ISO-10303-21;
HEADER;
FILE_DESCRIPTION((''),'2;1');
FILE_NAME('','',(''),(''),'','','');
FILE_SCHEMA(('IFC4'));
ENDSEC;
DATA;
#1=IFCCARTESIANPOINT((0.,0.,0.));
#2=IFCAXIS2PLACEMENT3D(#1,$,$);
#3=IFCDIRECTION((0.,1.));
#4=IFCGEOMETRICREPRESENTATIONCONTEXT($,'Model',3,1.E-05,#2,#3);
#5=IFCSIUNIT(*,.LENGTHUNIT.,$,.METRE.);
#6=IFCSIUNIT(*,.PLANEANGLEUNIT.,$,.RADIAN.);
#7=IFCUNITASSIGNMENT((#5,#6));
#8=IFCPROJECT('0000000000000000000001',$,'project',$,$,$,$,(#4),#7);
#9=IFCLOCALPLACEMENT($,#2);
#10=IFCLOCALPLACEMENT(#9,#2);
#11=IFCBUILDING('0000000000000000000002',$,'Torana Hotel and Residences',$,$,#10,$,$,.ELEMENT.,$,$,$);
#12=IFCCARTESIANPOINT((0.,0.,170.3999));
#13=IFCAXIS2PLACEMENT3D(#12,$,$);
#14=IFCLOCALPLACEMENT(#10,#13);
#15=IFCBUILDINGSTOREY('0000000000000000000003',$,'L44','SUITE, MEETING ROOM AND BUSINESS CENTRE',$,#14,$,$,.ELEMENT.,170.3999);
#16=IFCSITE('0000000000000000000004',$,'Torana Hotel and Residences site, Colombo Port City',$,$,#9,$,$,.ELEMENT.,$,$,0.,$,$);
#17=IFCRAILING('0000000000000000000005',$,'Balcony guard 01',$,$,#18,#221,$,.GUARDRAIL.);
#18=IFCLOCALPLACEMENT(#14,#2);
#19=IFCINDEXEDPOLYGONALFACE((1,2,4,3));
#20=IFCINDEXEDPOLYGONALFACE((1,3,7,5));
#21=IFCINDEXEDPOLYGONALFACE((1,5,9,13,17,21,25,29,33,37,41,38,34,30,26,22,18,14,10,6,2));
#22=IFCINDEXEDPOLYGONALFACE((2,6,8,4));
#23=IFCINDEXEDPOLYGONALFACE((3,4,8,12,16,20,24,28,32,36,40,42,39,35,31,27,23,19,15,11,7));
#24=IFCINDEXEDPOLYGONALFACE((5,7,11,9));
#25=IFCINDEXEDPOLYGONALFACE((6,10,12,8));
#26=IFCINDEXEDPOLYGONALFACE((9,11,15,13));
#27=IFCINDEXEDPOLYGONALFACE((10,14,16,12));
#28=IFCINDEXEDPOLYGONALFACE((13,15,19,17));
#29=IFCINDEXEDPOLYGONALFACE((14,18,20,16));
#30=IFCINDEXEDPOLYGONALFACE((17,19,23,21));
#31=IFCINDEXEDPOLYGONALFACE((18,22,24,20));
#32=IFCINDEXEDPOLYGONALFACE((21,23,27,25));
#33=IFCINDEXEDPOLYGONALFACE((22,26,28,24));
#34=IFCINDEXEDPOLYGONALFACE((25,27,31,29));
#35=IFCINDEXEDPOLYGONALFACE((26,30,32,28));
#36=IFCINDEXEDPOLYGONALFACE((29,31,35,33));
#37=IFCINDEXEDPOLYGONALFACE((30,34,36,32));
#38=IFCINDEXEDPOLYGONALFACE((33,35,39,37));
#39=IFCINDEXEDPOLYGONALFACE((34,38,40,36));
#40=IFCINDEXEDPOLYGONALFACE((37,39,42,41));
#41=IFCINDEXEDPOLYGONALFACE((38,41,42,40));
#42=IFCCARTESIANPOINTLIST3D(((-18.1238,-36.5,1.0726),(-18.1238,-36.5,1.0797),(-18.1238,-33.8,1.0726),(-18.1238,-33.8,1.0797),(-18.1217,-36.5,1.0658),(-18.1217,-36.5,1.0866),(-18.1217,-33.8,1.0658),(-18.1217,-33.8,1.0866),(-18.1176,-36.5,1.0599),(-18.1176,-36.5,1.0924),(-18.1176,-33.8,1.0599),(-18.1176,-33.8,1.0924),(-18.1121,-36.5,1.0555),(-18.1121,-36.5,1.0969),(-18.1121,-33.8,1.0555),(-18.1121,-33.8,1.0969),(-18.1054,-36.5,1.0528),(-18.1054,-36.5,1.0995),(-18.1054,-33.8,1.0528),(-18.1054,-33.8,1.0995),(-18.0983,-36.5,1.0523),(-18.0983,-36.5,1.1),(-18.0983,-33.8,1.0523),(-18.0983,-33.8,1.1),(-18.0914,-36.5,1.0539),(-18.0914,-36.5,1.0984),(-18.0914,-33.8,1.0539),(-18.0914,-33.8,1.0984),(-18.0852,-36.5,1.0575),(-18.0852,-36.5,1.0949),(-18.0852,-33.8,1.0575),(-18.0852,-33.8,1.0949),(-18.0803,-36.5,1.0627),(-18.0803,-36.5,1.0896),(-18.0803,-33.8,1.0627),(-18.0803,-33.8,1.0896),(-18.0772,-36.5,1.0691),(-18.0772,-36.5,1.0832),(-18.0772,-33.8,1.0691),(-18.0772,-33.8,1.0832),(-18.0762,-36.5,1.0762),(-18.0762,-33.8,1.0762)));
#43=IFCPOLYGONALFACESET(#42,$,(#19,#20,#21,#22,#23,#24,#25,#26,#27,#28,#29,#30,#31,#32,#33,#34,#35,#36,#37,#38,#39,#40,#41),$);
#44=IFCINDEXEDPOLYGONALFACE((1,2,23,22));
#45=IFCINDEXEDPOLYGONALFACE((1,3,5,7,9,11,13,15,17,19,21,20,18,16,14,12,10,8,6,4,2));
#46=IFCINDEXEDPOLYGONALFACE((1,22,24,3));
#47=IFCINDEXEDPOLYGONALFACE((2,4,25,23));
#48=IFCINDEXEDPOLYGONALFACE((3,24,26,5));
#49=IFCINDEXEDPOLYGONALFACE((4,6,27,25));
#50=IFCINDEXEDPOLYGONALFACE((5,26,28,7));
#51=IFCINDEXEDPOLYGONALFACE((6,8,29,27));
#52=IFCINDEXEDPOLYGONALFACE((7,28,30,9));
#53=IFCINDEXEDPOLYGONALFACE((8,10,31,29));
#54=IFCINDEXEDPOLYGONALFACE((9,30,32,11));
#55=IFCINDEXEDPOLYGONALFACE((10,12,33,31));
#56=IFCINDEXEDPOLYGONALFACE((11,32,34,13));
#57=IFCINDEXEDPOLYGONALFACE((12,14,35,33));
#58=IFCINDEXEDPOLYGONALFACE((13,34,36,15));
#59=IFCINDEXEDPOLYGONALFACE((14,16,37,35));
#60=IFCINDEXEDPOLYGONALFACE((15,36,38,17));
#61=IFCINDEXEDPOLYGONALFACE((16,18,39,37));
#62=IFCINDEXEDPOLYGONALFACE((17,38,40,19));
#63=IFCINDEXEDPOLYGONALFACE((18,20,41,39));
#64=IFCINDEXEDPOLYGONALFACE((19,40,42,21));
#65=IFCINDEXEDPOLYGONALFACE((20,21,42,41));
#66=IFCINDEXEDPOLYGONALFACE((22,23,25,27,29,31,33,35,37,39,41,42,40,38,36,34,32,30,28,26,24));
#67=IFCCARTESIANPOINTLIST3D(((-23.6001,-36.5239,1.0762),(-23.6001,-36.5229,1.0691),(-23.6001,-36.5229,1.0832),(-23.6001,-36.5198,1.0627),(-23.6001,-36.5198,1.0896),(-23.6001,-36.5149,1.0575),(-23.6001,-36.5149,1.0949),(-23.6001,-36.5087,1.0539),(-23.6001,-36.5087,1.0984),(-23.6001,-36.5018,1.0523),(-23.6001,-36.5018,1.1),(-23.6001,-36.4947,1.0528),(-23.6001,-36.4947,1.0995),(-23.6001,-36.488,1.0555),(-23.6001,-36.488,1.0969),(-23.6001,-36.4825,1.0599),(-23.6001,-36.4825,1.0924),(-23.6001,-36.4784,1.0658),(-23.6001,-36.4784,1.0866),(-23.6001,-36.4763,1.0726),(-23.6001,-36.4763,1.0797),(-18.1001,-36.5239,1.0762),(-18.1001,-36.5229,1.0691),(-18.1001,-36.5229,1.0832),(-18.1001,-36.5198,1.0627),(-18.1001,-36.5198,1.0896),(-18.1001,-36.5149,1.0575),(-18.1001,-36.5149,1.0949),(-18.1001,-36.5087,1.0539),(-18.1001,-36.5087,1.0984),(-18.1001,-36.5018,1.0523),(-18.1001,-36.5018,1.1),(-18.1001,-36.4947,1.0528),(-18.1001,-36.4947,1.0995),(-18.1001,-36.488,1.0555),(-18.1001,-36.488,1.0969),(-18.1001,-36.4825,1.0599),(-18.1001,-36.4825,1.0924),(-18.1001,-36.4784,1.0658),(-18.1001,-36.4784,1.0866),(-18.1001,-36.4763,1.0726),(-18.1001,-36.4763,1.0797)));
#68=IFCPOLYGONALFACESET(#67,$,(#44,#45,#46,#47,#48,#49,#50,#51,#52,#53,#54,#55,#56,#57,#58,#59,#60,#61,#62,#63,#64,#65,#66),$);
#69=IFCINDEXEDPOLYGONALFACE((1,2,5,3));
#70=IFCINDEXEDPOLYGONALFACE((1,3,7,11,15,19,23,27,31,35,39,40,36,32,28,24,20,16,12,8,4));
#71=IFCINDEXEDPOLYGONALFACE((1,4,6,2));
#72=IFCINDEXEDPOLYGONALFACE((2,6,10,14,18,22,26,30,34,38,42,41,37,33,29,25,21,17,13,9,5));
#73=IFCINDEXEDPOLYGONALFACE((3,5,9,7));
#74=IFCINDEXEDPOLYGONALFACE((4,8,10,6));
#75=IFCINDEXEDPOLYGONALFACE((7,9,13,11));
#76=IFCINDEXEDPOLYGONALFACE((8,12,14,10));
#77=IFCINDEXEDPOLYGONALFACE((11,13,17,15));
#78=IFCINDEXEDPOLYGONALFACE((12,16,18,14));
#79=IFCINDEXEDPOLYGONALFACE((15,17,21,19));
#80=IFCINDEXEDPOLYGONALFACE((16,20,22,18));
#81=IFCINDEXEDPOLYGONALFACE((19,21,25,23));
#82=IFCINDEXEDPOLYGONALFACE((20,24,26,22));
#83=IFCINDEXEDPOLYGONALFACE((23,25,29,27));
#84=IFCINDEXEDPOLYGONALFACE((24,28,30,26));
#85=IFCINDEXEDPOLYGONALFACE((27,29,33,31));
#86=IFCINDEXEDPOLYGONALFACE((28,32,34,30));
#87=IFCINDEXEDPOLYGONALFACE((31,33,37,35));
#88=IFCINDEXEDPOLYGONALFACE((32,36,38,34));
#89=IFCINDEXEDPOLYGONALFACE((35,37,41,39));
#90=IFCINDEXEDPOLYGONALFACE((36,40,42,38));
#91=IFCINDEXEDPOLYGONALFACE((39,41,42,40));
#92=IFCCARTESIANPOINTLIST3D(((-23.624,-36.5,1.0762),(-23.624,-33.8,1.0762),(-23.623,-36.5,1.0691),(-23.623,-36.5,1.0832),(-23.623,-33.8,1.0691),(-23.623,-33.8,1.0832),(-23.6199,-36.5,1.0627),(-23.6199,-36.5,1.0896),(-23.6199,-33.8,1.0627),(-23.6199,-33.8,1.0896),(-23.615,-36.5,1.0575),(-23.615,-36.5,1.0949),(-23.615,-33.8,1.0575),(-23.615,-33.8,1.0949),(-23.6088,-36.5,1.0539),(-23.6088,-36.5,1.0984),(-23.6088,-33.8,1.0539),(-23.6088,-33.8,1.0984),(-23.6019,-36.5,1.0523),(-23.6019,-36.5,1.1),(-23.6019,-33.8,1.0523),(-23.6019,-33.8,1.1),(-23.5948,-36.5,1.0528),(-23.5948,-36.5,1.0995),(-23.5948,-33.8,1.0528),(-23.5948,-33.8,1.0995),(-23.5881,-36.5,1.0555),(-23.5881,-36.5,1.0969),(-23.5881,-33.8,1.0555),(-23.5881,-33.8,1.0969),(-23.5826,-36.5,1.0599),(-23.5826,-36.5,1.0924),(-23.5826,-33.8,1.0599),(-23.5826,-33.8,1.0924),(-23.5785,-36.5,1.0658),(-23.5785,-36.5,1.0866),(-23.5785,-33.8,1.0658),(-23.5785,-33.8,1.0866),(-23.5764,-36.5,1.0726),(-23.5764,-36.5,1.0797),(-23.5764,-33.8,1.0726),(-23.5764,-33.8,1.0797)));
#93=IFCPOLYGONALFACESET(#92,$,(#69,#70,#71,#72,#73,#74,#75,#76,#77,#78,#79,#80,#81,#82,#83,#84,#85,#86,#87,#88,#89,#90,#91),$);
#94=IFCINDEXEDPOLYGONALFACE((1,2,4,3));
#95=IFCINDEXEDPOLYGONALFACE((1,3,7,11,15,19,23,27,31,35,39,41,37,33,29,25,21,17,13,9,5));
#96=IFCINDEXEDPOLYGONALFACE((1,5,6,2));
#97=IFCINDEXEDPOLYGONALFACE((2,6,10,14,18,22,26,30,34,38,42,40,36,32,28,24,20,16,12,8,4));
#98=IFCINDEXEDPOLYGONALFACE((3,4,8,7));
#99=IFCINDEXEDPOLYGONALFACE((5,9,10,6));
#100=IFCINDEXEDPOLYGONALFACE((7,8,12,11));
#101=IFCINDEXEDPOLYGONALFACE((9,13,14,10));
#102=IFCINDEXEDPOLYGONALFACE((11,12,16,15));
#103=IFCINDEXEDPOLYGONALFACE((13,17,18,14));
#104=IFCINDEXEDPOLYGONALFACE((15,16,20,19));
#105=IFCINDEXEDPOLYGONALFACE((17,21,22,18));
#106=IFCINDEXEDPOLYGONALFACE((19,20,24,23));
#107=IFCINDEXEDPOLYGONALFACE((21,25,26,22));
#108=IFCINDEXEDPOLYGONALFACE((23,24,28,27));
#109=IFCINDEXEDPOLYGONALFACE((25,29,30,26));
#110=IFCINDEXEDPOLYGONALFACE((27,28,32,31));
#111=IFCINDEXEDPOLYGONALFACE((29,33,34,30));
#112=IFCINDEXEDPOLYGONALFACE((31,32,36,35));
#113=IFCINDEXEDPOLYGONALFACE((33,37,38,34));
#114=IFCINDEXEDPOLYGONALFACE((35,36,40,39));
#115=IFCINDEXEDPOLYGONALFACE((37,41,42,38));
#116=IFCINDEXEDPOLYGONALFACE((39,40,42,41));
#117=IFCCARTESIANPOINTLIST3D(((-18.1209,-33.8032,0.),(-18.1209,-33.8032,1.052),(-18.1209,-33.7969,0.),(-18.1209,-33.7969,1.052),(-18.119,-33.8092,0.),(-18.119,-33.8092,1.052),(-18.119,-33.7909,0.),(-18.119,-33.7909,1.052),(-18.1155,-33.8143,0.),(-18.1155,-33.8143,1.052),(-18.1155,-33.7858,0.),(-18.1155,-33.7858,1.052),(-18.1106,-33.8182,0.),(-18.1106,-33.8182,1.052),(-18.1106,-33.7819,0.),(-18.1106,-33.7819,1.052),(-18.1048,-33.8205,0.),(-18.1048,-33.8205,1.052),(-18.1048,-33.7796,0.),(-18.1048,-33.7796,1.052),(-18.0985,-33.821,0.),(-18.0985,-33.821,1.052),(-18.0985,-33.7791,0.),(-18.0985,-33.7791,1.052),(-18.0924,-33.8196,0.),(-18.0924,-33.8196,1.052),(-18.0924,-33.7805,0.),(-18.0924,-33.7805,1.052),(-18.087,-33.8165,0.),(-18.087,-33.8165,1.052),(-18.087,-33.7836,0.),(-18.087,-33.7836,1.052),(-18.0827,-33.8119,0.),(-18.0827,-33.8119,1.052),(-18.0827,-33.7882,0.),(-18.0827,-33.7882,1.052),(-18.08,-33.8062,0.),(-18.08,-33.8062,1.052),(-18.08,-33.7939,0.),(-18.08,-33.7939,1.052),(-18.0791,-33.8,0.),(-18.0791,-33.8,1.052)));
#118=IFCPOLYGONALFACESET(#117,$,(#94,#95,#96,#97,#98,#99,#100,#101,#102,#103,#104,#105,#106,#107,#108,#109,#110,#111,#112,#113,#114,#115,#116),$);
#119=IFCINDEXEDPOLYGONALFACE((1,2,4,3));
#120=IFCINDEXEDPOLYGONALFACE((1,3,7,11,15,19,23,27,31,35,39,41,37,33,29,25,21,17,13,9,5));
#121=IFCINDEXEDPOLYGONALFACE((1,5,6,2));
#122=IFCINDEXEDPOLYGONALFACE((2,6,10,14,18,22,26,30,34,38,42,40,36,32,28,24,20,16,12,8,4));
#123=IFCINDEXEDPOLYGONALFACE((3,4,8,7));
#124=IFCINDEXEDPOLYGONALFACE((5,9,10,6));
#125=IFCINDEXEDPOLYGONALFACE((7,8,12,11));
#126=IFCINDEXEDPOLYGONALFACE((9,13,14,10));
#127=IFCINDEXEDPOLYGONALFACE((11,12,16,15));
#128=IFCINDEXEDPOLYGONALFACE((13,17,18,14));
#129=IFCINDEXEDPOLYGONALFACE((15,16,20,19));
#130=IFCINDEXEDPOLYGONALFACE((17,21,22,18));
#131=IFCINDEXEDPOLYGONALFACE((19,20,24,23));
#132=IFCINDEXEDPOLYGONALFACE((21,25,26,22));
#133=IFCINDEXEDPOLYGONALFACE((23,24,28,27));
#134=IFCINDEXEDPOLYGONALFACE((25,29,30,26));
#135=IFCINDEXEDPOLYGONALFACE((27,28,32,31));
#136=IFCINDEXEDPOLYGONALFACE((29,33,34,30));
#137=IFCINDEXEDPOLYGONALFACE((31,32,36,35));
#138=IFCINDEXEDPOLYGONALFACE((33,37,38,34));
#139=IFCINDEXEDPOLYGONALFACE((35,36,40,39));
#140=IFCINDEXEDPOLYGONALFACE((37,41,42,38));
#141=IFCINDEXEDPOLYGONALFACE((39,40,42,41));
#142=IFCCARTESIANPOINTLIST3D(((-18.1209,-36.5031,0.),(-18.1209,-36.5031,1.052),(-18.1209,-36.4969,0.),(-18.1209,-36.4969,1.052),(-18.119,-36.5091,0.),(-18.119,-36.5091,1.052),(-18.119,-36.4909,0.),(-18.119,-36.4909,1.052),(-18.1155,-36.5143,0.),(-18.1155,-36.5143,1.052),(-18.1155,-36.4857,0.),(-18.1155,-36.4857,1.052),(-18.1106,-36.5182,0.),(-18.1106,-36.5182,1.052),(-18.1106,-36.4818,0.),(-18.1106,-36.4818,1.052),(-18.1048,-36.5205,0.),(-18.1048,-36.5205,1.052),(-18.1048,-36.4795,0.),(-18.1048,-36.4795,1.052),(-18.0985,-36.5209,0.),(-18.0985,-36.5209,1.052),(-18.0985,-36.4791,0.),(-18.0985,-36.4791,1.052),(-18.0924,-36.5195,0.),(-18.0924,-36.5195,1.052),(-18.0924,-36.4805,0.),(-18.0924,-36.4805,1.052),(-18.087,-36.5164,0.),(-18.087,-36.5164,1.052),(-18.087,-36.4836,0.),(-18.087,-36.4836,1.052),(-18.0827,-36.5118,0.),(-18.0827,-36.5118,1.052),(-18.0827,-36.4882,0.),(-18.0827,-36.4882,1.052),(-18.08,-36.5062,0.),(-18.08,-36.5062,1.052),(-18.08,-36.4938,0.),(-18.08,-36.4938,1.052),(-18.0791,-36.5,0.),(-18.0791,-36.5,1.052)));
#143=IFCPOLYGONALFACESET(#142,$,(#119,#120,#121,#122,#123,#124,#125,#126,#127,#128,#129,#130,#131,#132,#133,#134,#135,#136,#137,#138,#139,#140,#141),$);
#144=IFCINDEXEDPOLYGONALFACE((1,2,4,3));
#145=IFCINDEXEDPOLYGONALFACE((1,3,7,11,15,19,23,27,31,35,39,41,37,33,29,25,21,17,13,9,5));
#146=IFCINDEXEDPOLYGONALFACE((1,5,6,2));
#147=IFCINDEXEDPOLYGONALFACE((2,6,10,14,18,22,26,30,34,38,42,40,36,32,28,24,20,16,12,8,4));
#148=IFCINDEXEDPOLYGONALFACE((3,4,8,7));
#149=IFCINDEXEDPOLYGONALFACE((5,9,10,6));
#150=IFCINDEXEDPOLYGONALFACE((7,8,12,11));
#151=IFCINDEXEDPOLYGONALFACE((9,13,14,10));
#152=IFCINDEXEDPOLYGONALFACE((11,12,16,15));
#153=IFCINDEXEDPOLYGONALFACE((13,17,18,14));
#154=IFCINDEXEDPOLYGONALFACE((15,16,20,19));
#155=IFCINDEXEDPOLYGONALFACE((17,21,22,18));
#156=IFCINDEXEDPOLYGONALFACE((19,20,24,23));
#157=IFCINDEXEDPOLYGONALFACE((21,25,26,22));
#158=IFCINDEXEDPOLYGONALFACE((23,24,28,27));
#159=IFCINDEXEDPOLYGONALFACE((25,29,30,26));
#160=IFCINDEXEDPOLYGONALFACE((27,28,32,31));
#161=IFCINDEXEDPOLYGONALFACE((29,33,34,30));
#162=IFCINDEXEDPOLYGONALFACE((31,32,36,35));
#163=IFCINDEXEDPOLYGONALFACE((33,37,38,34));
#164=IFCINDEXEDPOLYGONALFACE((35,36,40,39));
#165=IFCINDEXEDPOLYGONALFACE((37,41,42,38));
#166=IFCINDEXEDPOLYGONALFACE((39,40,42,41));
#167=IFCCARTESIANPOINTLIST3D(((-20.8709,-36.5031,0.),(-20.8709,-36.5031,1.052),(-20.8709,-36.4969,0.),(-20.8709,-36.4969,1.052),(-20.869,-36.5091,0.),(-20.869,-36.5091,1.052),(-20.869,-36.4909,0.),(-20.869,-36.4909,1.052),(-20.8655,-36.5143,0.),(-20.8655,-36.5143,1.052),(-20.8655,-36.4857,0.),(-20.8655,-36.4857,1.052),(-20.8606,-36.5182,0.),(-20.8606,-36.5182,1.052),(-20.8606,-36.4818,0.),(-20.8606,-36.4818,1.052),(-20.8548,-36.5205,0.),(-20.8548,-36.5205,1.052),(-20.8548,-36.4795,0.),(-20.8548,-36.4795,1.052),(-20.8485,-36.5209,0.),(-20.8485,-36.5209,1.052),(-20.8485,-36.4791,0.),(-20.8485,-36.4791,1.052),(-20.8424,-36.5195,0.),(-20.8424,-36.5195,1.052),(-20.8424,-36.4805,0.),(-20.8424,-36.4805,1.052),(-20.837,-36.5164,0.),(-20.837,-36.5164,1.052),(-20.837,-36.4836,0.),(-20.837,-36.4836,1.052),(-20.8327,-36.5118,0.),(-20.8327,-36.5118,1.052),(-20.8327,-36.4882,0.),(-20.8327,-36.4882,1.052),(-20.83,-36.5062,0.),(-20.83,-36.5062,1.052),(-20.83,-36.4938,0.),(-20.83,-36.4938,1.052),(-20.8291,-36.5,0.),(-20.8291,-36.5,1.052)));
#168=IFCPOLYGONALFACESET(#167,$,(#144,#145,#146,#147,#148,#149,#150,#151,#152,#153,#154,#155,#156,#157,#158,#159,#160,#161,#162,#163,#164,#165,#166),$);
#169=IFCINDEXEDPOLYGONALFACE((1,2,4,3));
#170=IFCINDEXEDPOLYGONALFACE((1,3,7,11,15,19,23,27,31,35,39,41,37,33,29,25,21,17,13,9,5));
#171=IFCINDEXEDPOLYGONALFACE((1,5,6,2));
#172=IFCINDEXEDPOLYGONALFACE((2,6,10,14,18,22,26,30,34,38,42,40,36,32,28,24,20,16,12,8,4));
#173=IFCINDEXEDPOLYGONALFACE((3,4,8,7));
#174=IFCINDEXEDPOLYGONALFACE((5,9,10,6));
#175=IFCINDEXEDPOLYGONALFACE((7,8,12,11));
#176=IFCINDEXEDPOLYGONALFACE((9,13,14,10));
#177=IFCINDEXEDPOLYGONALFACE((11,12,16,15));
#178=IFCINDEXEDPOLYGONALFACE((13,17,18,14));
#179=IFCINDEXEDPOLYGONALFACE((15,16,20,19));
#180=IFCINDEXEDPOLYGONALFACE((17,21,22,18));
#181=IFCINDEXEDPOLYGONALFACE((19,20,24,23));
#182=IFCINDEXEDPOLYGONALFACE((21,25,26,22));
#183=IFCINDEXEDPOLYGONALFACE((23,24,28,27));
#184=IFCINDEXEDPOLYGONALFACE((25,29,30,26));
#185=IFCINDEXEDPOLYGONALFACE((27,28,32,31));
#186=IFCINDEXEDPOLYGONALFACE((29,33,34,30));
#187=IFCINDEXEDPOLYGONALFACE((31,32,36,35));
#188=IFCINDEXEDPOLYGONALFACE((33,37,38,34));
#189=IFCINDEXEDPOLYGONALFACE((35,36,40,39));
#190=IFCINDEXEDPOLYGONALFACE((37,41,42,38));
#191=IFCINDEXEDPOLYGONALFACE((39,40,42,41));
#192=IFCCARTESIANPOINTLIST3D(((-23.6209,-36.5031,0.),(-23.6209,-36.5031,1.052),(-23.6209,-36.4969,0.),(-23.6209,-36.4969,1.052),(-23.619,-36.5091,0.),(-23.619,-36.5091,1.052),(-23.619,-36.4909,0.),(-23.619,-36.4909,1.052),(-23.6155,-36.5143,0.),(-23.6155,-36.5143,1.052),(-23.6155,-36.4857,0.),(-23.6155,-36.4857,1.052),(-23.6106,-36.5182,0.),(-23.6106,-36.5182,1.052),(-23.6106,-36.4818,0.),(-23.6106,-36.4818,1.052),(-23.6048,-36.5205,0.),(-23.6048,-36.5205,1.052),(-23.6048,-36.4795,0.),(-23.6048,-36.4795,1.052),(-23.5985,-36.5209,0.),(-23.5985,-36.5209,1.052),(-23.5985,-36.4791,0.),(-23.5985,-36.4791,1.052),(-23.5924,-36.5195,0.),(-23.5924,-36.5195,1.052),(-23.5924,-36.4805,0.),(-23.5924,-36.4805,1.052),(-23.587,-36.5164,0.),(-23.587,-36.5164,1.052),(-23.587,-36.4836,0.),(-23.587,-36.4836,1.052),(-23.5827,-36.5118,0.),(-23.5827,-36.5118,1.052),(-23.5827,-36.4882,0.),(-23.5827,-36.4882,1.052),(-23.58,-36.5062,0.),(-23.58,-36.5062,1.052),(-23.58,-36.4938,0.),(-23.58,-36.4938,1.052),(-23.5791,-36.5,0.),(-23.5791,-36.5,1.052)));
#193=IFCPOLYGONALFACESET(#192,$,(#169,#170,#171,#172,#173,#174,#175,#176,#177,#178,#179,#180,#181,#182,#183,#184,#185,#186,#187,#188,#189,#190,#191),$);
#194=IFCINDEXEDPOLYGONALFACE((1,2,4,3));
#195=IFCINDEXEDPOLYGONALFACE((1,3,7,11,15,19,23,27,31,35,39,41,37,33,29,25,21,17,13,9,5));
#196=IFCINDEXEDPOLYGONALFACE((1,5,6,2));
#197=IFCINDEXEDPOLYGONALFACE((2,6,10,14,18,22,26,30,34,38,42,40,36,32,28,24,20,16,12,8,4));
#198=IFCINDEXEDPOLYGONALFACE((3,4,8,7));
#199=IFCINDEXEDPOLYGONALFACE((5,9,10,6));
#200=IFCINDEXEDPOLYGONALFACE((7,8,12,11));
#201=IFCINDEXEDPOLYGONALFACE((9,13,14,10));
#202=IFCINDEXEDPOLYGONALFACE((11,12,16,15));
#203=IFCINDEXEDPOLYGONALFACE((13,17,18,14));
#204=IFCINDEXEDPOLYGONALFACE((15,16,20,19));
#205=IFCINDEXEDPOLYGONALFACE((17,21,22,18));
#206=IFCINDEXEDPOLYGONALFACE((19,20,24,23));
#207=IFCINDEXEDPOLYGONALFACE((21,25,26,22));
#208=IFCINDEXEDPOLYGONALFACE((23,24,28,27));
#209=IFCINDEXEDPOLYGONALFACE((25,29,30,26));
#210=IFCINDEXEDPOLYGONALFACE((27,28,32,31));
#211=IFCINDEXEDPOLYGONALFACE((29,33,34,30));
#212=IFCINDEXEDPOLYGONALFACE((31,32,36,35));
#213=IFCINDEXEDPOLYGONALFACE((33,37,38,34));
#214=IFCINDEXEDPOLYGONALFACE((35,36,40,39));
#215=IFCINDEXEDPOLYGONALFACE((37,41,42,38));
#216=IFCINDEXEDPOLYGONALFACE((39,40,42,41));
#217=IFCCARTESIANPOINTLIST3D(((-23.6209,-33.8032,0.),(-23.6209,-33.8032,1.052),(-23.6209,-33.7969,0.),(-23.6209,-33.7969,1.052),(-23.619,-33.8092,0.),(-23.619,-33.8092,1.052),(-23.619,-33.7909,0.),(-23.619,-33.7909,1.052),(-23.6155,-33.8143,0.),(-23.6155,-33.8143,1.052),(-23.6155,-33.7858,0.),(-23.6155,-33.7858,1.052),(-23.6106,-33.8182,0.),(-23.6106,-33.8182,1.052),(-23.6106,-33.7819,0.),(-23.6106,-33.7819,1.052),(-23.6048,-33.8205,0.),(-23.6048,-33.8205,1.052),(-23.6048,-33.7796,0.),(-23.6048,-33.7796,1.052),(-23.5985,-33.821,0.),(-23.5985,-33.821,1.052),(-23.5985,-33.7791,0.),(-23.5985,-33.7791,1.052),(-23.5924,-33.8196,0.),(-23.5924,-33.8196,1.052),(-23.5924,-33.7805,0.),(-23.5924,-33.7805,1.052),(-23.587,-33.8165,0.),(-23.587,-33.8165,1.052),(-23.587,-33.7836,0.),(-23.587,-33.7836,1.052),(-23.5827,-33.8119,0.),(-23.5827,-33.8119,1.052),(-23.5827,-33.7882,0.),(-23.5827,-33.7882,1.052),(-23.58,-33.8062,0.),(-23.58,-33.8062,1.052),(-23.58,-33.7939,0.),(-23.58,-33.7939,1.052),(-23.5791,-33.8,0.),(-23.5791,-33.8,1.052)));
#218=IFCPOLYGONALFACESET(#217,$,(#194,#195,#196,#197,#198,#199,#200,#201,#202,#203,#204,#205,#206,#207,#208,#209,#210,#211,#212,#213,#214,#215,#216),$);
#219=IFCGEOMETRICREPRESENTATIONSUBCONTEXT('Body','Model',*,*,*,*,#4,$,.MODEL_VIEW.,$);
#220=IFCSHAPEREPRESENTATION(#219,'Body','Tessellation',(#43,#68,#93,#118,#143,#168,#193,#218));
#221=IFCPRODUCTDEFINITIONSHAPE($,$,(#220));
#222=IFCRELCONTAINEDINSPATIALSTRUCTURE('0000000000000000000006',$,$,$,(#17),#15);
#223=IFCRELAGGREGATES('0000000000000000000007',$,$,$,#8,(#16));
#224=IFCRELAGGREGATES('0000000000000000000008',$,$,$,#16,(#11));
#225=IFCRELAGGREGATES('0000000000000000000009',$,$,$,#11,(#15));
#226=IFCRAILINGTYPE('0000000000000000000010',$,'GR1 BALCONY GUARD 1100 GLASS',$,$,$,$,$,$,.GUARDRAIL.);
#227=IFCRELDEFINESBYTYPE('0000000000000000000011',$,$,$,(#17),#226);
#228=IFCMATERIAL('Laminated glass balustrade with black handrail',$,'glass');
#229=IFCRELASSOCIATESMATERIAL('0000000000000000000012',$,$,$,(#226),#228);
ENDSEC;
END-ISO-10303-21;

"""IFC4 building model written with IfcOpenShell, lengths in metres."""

from ifc_helpers import new_model, si_unit, direction, frame, origin, origin_2d, place, context, subcontext, project, spatial, circle, extrude, material, type_object, element, save


model = new_model("IFC4")

# Units and contexts
model_context = context("Model", 3, precision=1e-05, world=origin(), true_north=direction((0.0, 1.0)))
body_context = subcontext(model_context, "Body", "Model", "MODEL_VIEW")
ifc_project = project(units=[si_unit("LENGTHUNIT", "METRE"), si_unit("PLANEANGLEUNIT", "RADIAN")], contexts=[model_context])

# Site, building, storey
site_placement = place(None, origin())
site = spatial("IfcSite", under=ifc_project, at=site_placement, Name="Torana Hotel and Residences site, Colombo Port City", CompositionType="ELEMENT", RefElevation=0.0)
building_placement = place(site_placement, origin())
building = spatial("IfcBuilding", under=site, at=building_placement, Name="Torana Hotel and Residences", CompositionType="ELEMENT")
storey_placement = place(building_placement, frame((0.0, 0.0, 170.3999)))
storey = spatial("IfcBuildingStorey", under=building, at=storey_placement, Name="L44", Description="SUITE, MEETING ROOM AND BUSINESS CENTRE", CompositionType="ELEMENT", Elevation=170.3999)

# Railing
ifc_material_1 = material(Name="Laminated glass balustrade with black handrail", Category="glass")
railing_type = type_object("IfcRailingType", Name="GR1 BALCONY GUARD 1100 GLASS", PredefinedType="GUARDRAIL", material=ifc_material_1)
railing_placement = place(storey_placement, frame((-18.1001, -33.8, 0.0)))
element("IfcRailing", 1, at=railing_placement, inside=storey, type_object=railing_type, Name="Balcony guard 01", PredefinedType="GUARDRAIL", context=body_context, shape_type="SweptSolid", body=[
    extrude(circle(Radius=0.0239, at=origin_2d()), frame((0.0, 0.0, 1.0762), z_axis=(0.0, -1.0, 0.0), x_axis=(1.0, 0.0, 0.0)), (0.0, 0.0, 1.0), 2.7),
    extrude(circle(Radius=0.0239, at=origin_2d()), frame((0.0, -2.7, 1.0762), z_axis=(-1.0, 0.0, 0.0), x_axis=(0.0, -1.0, 0.0)), (0.0, 0.0, 1.0), 5.5),
    extrude(circle(Radius=0.0239, at=origin_2d()), frame((-5.5, -2.7, 1.0762), z_axis=(0.0, 1.0, 0.0), x_axis=(-1.0, 0.0, 0.0)), (0.0, 0.0, 1.0), 2.7),
    extrude(circle(Radius=0.021, at=origin_2d()), origin(), (0.0, 0.0, 1.0), 1.052),
    extrude(circle(Radius=0.021, at=origin_2d()), frame((0.0, -2.7, 0.0)), (0.0, 0.0, 1.0), 1.052),
    extrude(circle(Radius=0.021, at=origin_2d()), frame((-2.75, -2.7, 0.0)), (0.0, 0.0, 1.0), 1.052),
    extrude(circle(Radius=0.021, at=origin_2d()), frame((-5.5, -2.7, 0.0)), (0.0, 0.0, 1.0), 1.052),
    extrude(circle(Radius=0.021, at=origin_2d()), frame((-5.5, 0.0, 0.0)), (0.0, 0.0, 1.0), 1.052),
])

save(model, "model.ifc")
